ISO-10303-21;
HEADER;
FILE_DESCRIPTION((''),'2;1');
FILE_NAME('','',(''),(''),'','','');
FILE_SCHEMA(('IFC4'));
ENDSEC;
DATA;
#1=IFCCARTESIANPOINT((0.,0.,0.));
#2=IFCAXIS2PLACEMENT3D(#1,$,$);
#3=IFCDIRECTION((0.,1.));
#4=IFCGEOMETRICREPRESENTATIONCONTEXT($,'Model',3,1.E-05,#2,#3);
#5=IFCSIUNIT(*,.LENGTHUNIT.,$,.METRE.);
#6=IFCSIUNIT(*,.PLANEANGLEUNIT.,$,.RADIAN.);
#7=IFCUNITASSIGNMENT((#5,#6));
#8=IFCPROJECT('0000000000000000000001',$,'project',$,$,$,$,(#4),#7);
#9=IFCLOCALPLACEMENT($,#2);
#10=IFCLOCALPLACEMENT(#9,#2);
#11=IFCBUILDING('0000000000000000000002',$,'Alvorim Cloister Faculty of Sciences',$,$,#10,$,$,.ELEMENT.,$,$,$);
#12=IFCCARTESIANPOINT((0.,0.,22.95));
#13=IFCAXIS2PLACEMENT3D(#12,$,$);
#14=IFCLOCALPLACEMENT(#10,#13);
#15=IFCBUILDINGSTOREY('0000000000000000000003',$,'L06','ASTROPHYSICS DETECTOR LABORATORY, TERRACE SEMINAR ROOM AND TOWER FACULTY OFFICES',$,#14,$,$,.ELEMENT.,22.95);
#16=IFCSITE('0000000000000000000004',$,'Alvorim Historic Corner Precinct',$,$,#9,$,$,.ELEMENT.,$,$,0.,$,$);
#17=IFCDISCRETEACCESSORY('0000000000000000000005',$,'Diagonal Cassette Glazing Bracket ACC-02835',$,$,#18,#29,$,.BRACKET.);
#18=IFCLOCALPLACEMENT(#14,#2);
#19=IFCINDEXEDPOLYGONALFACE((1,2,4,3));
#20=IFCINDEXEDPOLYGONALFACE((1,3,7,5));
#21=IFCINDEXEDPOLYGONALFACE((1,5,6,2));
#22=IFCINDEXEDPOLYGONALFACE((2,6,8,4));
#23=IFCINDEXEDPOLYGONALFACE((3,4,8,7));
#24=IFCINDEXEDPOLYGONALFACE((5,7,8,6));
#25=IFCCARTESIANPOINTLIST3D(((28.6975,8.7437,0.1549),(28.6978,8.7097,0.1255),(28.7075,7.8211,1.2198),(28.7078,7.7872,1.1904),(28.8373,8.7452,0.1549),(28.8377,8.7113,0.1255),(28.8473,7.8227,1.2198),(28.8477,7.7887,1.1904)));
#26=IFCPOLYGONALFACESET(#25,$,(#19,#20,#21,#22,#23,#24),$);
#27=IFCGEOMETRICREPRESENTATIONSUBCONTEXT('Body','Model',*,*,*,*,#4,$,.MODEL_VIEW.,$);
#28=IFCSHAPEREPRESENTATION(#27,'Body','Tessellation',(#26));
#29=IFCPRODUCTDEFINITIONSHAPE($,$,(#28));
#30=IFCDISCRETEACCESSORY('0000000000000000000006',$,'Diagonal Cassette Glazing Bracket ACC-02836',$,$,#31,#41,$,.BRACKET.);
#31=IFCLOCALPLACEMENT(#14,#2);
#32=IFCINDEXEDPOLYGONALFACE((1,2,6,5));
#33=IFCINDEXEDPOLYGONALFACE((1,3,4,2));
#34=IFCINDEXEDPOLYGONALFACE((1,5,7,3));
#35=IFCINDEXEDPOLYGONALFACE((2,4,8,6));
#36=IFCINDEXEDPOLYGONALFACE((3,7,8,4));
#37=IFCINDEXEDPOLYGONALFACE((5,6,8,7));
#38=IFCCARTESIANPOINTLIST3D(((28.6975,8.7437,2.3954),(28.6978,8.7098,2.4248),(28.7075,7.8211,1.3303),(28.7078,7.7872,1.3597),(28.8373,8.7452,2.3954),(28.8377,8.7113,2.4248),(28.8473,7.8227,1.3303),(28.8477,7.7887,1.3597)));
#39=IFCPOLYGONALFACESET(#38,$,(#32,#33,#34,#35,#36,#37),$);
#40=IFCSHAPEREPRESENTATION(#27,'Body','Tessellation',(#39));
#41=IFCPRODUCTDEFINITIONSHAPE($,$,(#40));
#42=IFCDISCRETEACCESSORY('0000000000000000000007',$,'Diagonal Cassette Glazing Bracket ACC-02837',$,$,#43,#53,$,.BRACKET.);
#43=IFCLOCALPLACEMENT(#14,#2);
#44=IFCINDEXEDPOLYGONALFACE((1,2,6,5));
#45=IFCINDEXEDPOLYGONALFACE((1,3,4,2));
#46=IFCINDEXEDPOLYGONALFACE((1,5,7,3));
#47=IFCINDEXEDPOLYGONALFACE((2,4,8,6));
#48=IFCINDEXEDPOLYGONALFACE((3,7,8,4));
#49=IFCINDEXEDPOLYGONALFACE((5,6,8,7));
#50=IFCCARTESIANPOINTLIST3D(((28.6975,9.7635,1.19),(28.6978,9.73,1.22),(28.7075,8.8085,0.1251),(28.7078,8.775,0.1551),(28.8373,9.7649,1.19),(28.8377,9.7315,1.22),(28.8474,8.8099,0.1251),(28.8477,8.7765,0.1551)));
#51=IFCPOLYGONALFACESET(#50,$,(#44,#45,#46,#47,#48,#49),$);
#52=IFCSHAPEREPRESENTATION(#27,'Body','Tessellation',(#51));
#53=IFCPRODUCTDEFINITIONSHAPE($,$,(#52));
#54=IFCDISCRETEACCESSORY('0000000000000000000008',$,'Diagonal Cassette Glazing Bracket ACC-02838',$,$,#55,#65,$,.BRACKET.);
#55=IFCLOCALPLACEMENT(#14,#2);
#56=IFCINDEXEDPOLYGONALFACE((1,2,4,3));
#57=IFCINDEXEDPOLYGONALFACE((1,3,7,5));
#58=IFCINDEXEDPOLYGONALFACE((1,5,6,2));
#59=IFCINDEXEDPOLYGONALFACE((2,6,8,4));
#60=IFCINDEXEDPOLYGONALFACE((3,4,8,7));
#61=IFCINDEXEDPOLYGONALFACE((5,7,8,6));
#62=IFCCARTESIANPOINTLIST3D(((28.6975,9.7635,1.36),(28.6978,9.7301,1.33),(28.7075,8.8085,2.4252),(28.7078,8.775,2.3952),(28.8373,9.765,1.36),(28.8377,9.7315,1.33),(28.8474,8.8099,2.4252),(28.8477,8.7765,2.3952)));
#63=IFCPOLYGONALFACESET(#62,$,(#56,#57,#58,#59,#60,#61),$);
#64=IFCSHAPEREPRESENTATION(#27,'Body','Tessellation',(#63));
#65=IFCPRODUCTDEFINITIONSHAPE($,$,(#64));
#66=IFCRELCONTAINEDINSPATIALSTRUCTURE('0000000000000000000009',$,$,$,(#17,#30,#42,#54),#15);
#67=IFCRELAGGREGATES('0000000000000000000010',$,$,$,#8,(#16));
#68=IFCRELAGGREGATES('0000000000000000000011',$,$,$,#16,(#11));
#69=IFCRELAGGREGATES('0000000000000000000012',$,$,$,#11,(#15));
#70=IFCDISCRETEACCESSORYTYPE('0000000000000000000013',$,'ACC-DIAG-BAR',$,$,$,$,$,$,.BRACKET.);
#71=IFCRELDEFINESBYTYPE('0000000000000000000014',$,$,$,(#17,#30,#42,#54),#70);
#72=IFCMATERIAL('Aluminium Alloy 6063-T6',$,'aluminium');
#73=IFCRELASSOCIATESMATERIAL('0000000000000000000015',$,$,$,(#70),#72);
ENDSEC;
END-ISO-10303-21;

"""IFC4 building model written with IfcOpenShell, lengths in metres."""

from ifc_helpers import new_model, si_unit, direction, frame, origin, origin_2d, place, context, subcontext, project, spatial, rectangle, extrude, material, type_object, element, save


model = new_model("IFC4")

# Units and contexts
model_context = context("Model", 3, precision=1e-05, world=origin(), true_north=direction((0.0, 1.0)))
body_context = subcontext(model_context, "Body", "Model", "MODEL_VIEW")
ifc_project = project(units=[si_unit("LENGTHUNIT", "METRE"), si_unit("PLANEANGLEUNIT", "RADIAN")], contexts=[model_context])

# Site, building, storey
site_placement = place(None, origin())
site = spatial("IfcSite", under=ifc_project, at=site_placement, Name="Alvorim Historic Corner Precinct", CompositionType="ELEMENT", RefElevation=0.0)
building_placement = place(site_placement, origin())
building = spatial("IfcBuilding", under=site, at=building_placement, Name="Alvorim Cloister Faculty of Sciences", CompositionType="ELEMENT")
storey_placement = place(building_placement, frame((0.0, 0.0, 22.95)))
storey = spatial("IfcBuildingStorey", under=building, at=storey_placement, Name="L06", Description="ASTROPHYSICS DETECTOR LABORATORY, TERRACE SEMINAR ROOM AND TOWER FACULTY OFFICES", CompositionType="ELEMENT", Elevation=22.95)

# Shared definitions
ifc_material_1 = material(Name="Aluminium Alloy 6063-T6", Category="aluminium")

# Discrete accessories
discrete_accessory_type = type_object("IfcDiscreteAccessoryType", Name="ACC-DIAG-BAR", PredefinedType="BRACKET", material=ifc_material_1)
discrete_accessory_1_placement = place(storey_placement, frame((28.7776, 7.8049, 1.2051), z_axis=(-0.007104, 0.654775, -0.75579), x_axis=(-0.999941, -0.010849, 0.0)))
element("IfcDiscreteAccessory", 1, at=discrete_accessory_1_placement, inside=storey, type_object=discrete_accessory_type, Name="Diagonal Cassette Glazing Bracket ACC-02835", PredefinedType="BRACKET", context=body_context, shape_type="SweptSolid", body=[
    extrude(rectangle(XDim=0.1399, YDim=0.0449, at=origin_2d()), origin(), (0.0, 0.0, 1.0), 1.4089),
])
discrete_accessory_2_placement = place(storey_placement, frame((28.7776, 7.8049, 1.345), z_axis=(-0.007103, 0.65469, 0.755864), x_axis=(-0.999941, -0.010849, 0.0)))
element("IfcDiscreteAccessory", 2, at=discrete_accessory_2_placement, inside=storey, type_object=discrete_accessory_type, Name="Diagonal Cassette Glazing Bracket ACC-02836", PredefinedType="BRACKET", context=body_context, shape_type="SweptSolid", body=[
    extrude(rectangle(XDim=0.1399, YDim=0.0449, at=origin_2d()), origin(), (0.0, 0.0, 1.0), 1.4092),
])
discrete_accessory_3_placement = place(storey_placement, frame((28.7776, 8.7925, 0.1401), z_axis=(-0.006997, 0.667646, 0.744446), x_axis=(-0.999945, -0.01048, 0.0)))
element("IfcDiscreteAccessory", 3, at=discrete_accessory_3_placement, inside=storey, type_object=discrete_accessory_type, Name="Diagonal Cassette Glazing Bracket ACC-02837", PredefinedType="BRACKET", context=body_context, shape_type="SweptSolid", body=[
    extrude(rectangle(XDim=0.1399, YDim=0.0449, at=origin_2d()), origin(), (0.0, 0.0, 1.0), 1.4304),
])
discrete_accessory_4_placement = place(storey_placement, frame((28.7776, 8.7925, 2.4102), z_axis=(-0.006996, 0.667561, -0.744522), x_axis=(-0.999945, -0.01048, 0.0)))
element("IfcDiscreteAccessory", 4, at=discrete_accessory_4_placement, inside=storey, type_object=discrete_accessory_type, Name="Diagonal Cassette Glazing Bracket ACC-02838", PredefinedType="BRACKET", context=body_context, shape_type="SweptSolid", body=[
    extrude(rectangle(XDim=0.1399, YDim=0.0449, at=origin_2d()), origin(), (0.0, 0.0, 1.0), 1.4307),
])

save(model, "model.ifc")
